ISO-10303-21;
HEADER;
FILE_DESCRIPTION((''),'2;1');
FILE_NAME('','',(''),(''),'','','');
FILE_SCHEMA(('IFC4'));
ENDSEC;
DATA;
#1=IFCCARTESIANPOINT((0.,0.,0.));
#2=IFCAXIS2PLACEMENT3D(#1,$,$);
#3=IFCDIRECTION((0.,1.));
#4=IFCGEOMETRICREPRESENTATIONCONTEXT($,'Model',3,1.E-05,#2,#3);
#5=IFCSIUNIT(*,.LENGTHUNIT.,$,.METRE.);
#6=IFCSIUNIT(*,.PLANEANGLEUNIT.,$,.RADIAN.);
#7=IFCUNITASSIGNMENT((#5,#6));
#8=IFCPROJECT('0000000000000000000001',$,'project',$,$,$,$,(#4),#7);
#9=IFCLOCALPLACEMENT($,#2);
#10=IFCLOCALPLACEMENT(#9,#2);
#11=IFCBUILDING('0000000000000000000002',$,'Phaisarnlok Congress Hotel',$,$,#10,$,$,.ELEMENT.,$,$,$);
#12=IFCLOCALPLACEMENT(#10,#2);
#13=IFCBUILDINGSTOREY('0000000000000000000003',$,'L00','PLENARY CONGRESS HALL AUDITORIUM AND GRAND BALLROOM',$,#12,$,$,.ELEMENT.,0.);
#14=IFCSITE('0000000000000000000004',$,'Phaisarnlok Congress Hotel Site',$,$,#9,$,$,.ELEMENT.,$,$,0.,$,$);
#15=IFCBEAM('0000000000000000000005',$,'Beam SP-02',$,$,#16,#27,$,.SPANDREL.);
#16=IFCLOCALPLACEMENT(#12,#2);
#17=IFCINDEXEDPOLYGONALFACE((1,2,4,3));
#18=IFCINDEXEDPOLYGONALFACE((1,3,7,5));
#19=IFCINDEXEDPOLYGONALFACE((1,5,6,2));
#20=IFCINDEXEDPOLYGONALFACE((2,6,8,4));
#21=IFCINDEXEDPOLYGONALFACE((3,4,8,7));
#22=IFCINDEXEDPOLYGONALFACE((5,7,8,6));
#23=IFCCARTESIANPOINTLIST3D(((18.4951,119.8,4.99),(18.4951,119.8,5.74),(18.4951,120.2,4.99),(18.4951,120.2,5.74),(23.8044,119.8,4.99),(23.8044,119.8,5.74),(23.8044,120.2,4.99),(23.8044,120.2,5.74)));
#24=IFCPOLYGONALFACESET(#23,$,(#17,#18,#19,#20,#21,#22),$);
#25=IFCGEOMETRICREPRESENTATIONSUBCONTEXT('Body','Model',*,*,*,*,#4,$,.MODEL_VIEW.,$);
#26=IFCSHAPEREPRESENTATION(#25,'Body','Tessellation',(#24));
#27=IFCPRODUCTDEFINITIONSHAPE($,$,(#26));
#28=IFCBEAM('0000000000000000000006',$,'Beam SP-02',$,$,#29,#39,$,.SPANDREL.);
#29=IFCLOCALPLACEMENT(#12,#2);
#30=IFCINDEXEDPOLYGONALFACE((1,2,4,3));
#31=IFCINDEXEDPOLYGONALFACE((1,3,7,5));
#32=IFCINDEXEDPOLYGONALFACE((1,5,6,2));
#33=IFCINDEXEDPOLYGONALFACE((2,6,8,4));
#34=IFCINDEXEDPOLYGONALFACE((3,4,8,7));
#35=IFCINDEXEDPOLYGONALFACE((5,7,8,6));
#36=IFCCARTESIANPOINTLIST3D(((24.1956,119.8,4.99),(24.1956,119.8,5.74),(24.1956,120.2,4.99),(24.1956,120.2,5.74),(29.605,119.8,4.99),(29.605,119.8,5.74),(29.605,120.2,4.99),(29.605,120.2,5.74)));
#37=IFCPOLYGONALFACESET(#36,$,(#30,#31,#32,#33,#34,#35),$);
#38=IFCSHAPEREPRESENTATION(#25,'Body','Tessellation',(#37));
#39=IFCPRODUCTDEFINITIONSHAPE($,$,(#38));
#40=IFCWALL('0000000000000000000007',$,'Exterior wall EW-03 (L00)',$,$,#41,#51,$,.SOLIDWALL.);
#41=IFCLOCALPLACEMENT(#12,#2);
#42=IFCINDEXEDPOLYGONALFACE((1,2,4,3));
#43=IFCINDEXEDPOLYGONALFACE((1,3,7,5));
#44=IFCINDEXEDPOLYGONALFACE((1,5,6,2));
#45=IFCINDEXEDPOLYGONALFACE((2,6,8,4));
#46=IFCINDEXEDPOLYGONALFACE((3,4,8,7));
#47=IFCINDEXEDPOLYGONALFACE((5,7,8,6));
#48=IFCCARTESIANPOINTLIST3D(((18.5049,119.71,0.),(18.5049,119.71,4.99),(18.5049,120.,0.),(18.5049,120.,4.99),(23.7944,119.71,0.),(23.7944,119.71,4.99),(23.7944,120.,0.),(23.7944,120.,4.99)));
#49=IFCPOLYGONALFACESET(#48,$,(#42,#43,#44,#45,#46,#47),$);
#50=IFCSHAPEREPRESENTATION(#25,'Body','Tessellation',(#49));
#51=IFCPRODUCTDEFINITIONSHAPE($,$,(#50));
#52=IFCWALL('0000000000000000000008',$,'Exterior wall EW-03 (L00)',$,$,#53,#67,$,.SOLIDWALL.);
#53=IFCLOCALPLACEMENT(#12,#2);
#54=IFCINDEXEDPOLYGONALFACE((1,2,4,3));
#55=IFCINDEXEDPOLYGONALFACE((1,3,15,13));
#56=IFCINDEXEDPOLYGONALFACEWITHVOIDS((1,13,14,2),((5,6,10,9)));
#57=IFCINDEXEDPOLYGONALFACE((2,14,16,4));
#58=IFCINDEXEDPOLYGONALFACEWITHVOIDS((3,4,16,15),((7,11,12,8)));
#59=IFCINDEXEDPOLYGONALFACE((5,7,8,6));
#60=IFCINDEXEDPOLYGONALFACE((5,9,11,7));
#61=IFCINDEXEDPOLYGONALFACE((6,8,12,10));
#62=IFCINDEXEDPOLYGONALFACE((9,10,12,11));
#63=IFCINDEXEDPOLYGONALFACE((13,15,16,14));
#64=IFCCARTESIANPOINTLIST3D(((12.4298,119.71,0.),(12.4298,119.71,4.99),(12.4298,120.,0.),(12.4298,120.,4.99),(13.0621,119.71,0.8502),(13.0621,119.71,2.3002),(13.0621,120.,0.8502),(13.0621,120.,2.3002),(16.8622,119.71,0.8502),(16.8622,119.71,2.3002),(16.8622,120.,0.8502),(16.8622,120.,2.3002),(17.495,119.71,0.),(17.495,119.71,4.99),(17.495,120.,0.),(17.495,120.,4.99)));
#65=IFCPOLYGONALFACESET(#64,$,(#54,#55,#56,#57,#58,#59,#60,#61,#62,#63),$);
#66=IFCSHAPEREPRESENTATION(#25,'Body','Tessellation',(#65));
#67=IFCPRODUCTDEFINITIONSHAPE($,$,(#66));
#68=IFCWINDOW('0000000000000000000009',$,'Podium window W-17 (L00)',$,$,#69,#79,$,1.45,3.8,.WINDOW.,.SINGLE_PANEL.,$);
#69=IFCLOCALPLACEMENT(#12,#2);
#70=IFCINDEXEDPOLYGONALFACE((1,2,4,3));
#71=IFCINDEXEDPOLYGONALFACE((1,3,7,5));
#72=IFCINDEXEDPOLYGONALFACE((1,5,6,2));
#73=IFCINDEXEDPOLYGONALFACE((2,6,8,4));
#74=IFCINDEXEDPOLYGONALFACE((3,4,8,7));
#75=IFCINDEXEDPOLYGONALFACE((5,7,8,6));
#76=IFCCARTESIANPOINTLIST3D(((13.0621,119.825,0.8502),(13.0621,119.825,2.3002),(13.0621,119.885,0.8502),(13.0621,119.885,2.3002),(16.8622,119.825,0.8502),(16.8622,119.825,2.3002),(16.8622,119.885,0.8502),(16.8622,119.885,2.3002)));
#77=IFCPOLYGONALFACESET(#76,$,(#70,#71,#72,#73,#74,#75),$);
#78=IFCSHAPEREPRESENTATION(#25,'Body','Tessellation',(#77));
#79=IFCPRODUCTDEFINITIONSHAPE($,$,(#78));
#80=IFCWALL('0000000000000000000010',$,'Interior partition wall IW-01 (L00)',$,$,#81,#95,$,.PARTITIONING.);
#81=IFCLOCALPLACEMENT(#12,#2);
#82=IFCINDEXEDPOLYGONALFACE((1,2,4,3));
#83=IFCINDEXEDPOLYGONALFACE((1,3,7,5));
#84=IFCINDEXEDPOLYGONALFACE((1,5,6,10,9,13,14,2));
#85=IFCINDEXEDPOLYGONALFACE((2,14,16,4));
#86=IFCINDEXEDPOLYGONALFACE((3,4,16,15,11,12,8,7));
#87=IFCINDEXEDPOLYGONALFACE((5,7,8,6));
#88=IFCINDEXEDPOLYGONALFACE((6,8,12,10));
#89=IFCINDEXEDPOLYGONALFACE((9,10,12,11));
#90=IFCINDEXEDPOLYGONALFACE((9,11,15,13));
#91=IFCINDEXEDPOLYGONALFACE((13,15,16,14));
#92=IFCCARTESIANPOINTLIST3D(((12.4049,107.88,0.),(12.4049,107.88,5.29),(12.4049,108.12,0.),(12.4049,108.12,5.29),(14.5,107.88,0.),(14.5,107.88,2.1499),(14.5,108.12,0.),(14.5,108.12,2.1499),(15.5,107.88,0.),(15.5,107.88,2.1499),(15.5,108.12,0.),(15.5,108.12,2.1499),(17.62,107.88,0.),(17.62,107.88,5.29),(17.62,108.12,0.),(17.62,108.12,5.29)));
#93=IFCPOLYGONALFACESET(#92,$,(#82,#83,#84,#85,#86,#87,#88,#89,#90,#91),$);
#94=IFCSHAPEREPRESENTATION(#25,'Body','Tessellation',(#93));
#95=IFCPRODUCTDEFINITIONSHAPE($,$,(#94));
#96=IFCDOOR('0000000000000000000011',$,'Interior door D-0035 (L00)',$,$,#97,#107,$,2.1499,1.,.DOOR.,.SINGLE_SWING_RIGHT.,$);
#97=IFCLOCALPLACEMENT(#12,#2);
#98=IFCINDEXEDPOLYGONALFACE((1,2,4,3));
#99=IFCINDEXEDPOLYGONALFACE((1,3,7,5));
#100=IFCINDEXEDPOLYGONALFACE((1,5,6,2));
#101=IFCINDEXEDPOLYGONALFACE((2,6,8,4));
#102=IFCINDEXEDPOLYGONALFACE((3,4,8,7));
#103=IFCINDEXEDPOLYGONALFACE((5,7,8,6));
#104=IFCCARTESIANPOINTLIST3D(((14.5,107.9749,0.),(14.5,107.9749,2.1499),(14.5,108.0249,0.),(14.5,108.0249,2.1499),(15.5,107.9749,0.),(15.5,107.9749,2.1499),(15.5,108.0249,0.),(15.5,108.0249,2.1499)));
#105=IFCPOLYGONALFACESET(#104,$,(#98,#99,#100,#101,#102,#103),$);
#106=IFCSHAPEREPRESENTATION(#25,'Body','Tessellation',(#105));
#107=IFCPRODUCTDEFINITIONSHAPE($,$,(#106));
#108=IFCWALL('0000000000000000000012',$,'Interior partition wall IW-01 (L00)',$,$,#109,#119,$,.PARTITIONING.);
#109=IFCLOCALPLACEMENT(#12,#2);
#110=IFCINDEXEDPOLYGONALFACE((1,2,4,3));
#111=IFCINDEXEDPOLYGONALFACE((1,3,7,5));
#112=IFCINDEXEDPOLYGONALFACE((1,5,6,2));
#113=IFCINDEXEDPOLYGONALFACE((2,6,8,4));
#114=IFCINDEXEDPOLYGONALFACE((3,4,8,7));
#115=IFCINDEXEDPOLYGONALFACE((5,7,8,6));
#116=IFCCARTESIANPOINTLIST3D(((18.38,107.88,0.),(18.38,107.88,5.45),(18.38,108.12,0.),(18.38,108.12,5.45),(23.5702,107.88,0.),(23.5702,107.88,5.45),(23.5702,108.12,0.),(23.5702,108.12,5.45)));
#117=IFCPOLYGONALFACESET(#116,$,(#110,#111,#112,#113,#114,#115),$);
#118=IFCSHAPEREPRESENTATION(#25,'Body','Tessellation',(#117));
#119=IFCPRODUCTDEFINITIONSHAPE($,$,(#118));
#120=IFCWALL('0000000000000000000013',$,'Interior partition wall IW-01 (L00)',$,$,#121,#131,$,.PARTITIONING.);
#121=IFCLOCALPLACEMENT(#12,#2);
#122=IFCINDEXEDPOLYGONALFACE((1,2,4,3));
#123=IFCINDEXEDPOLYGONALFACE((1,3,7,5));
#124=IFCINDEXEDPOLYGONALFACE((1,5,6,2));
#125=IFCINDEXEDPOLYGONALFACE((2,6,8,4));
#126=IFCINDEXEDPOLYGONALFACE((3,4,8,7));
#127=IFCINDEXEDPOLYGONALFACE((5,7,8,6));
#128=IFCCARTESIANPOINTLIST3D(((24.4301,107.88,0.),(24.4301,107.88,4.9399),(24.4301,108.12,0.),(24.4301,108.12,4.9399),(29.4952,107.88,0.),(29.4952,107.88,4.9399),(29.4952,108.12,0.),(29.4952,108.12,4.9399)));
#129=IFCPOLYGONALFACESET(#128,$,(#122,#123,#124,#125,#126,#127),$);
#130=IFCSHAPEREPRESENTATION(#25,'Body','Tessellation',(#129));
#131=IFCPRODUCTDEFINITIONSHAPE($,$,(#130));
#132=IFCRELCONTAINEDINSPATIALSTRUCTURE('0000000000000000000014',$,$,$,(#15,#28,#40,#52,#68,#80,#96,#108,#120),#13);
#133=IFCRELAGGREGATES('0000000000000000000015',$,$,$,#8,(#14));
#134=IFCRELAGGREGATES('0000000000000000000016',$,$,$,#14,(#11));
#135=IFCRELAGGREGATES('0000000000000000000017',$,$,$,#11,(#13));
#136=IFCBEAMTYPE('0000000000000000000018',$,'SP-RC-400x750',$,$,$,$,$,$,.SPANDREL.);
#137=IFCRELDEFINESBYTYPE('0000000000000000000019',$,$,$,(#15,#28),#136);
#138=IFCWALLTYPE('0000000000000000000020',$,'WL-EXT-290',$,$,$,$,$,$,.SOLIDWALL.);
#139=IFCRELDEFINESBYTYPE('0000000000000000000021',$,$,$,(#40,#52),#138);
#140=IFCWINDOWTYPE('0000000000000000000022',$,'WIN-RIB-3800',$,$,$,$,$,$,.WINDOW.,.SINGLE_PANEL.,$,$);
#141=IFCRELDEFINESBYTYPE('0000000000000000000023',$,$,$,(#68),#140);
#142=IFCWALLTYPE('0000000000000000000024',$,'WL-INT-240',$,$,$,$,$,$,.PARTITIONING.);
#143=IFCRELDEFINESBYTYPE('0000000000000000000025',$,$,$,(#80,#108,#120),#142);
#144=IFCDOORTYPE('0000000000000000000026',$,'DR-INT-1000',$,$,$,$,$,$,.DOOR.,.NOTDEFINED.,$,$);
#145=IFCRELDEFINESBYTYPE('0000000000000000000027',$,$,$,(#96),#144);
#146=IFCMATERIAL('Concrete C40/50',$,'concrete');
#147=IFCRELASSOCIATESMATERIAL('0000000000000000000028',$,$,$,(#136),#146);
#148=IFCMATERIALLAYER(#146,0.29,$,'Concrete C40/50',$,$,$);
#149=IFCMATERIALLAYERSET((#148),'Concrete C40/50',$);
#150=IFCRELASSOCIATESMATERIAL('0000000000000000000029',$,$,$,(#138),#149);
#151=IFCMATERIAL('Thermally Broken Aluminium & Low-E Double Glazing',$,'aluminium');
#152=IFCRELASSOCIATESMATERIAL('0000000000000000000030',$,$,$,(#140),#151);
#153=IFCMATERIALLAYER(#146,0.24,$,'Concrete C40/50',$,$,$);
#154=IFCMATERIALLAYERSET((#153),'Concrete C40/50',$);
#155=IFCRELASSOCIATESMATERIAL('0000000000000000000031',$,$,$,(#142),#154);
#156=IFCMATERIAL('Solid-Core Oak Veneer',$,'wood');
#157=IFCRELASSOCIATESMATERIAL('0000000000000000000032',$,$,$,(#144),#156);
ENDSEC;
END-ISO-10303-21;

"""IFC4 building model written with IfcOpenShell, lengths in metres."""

from ifc_helpers import new_model, si_unit, direction, frame, frame_2d, origin, origin_2d, place, context, subcontext, project, spatial, rectangle, extrude, material, layer, layer_set, material_profile, profile_set, type_object, element, fill, save


model = new_model("IFC4")

# Units and contexts
model_context = context("Model", 3, precision=1e-05, world=origin(), true_north=direction((0.0, 1.0)))
body_context = subcontext(model_context, "Body", "Model", "MODEL_VIEW")
ifc_project = project(units=[si_unit("LENGTHUNIT", "METRE"), si_unit("PLANEANGLEUNIT", "RADIAN")], contexts=[model_context])

# Site, building, storey
site_placement = place(None, origin())
site = spatial("IfcSite", under=ifc_project, at=site_placement, Name="Phaisarnlok Congress Hotel Site", CompositionType="ELEMENT", RefElevation=0.0)
building_placement = place(site_placement, origin())
building = spatial("IfcBuilding", under=site, at=building_placement, Name="Phaisarnlok Congress Hotel", CompositionType="ELEMENT")
storey_placement = place(building_placement, origin())
storey = spatial("IfcBuildingStorey", under=building, at=storey_placement, Name="L00", Description="PLENARY CONGRESS HALL AUDITORIUM AND GRAND BALLROOM", CompositionType="ELEMENT", Elevation=0.0)

# Beams
ifc_material_1 = material(Name="Concrete C40/50", Category="concrete")
ifc_material_profile_1 = material_profile(ifc_material_1, rectangle(XDim=0.3999, YDim=0.75, at=origin_2d()), Name="RC 400x750")
ifc_profile_set_1 = profile_set([ifc_material_profile_1], Name="Concrete C40/50")
beam_type_1 = type_object("IfcBeamType", Name="SP-RC-400x750", PredefinedType="SPANDREL", material=ifc_profile_set_1)
beam_1_placement = place(storey_placement, frame((18.4951, 120.0, 5.365), z_axis=(1.0, 0.0, 0.0), x_axis=(0.0, 1.0, 0.0)))
element("IfcBeam", 1, at=beam_1_placement, inside=storey, type_object=beam_type_1, Name="Beam SP-02", PredefinedType="SPANDREL", context=body_context, shape_type="SweptSolid", body=[
    extrude(rectangle(XDim=0.3999, YDim=0.75, at=origin_2d()), origin(), (0.0, 0.0, 1.0), 5.3093),
])
beam_2_placement = place(storey_placement, frame((24.1956, 120.0, 5.365), z_axis=(1.0, 0.0, 0.0), x_axis=(0.0, 1.0, 0.0)))
element("IfcBeam", 2, at=beam_2_placement, inside=storey, type_object=beam_type_1, Name="Beam SP-02", PredefinedType="SPANDREL", context=body_context, shape_type="SweptSolid", body=[
    extrude(rectangle(XDim=0.3999, YDim=0.75, at=origin_2d()), origin(), (0.0, 0.0, 1.0), 5.4094),
])

# Wall
ifc_layer_1 = layer(ifc_material_1, 0.29, Name="Concrete C40/50")
ifc_layer_set_1 = layer_set([ifc_layer_1], Name="Concrete C40/50")
wall_type_1 = type_object("IfcWallType", Name="WL-EXT-290", PredefinedType="SOLIDWALL", material=ifc_layer_set_1)
wall_1_placement = place(storey_placement, frame((23.7944, 119.855, 0.0), z_axis=(0.0, 0.0, 1.0), x_axis=(-1.0, 0.0, 0.0)))
element("IfcWall", 3, at=wall_1_placement, inside=storey, type_object=wall_type_1, Name="Exterior wall EW-03 (L00)", PredefinedType="SOLIDWALL", context=body_context, shape_type="SweptSolid", body=[
    extrude(rectangle(XDim=5.2896, YDim=0.29, at=frame_2d((2.6448, 0.0))), origin(), (0.0, 0.0, 1.0), 4.99),
])

# Wall, opening, window
wall_2_placement = place(storey_placement, frame((17.4951, 119.855, 0.0), z_axis=(0.0, 0.0, 1.0), x_axis=(-1.0, 0.0, 0.0)))
wall_2 = element("IfcWall", 4, at=wall_2_placement, inside=storey, type_object=wall_type_1, Name="Exterior wall EW-03 (L00)", PredefinedType="SOLIDWALL", context=body_context, shape_type="SweptSolid", body=[
    extrude(rectangle(XDim=5.0652, YDim=0.29, at=frame_2d((2.5327, 0.0))), origin(), (0.0, 0.0, 1.0), 4.99),
])
opening_1_placement = place(wall_2_placement, frame((0.6331, 0.0, 0.8501)))
opening_1 = element("IfcOpeningElement", 5, at=opening_1_placement, cuts=wall_2, PredefinedType="OPENING", context=body_context, shape_type="SweptSolid", body=[
    extrude(rectangle(XDim=3.8, YDim=1.45, at=frame_2d((1.8999, 0.7251))), frame((0.0, 0.155, 0.0), z_axis=(0.0, -1.0, 0.0), x_axis=(1.0, 0.0, 0.0)), (0.0, 0.0, 1.0), 0.3101),
])
ifc_material_2 = material(Name="Thermally Broken Aluminium & Low-E Double Glazing", Category="aluminium")
window_type = type_object("IfcWindowType", Name="WIN-RIB-3800", PartitioningType="SINGLE_PANEL", PredefinedType="WINDOW", material=ifc_material_2)
window_placement = place(opening_1_placement, origin())
window = element("IfcWindow", 6, at=window_placement, inside=storey, type_object=window_type, Name="Podium window W-17 (L00)", OverallHeight=1.45, OverallWidth=3.8, PartitioningType="SINGLE_PANEL", PredefinedType="WINDOW", context=body_context, shape_type="SweptSolid", body=[
    extrude(rectangle(XDim=3.8, YDim=1.45, at=frame_2d((1.8999, 0.7251))), frame((0.0, 0.03, 0.0), z_axis=(0.0, -1.0, 0.0), x_axis=(1.0, 0.0, 0.0)), (0.0, 0.0, 1.0), 0.0601),
])
fill(opening_1, window)

# Wall, opening, door
ifc_layer_2 = layer(ifc_material_1, 0.24, Name="Concrete C40/50")
ifc_layer_set_2 = layer_set([ifc_layer_2], Name="Concrete C40/50")
wall_type_2 = type_object("IfcWallType", Name="WL-INT-240", PredefinedType="PARTITIONING", material=ifc_layer_set_2)
wall_3_placement = place(storey_placement, frame((12.405, 108.0, 0.0), z_axis=(0.0, 0.0, 1.0), x_axis=(1.0, 0.0, 0.0)))
wall_3 = element("IfcWall", 7, at=wall_3_placement, inside=storey, type_object=wall_type_2, Name="Interior partition wall IW-01 (L00)", PredefinedType="PARTITIONING", context=body_context, shape_type="SweptSolid", body=[
    extrude(rectangle(XDim=5.2151, YDim=0.24, at=frame_2d((2.6074, 0.0))), origin(), (0.0, 0.0, 1.0), 5.29),
])
opening_2_placement = place(wall_3_placement, frame((2.095, 0.0, 0.0)))
opening_2 = element("IfcOpeningElement", 8, at=opening_2_placement, cuts=wall_3, PredefinedType="OPENING", context=body_context, shape_type="SweptSolid", body=[
    extrude(rectangle(XDim=1.0, YDim=2.1499, at=frame_2d((0.5, 1.075))), frame((0.0, 0.1299, 0.0), z_axis=(0.0, -1.0, 0.0), x_axis=(1.0, 0.0, 0.0)), (0.0, 0.0, 1.0), 0.26),
])
ifc_material_3 = material(Name="Solid-Core Oak Veneer", Category="wood")
door_type = type_object("IfcDoorType", Name="DR-INT-1000", OperationType="NOTDEFINED", PredefinedType="DOOR", material=ifc_material_3)
door_placement = place(opening_2_placement, origin())
door = element("IfcDoor", 9, at=door_placement, inside=storey, type_object=door_type, Name="Interior door D-0035 (L00)", OperationType="SINGLE_SWING_RIGHT", OverallHeight=2.1499, OverallWidth=1.0, PredefinedType="DOOR", context=body_context, shape_type="SweptSolid", body=[
    extrude(rectangle(XDim=1.0, YDim=2.1499, at=frame_2d((0.5, 1.075))), frame((0.0, 0.0249, 0.0), z_axis=(0.0, -1.0, 0.0), x_axis=(1.0, 0.0, 0.0)), (0.0, 0.0, 1.0), 0.05),
])
fill(opening_2, door)

# Walls
wall_4_placement = place(storey_placement, frame((18.3799, 108.0, 0.0), z_axis=(0.0, 0.0, 1.0), x_axis=(1.0, 0.0, 0.0)))
element("IfcWall", 10, at=wall_4_placement, inside=storey, type_object=wall_type_2, Name="Interior partition wall IW-01 (L00)", PredefinedType="PARTITIONING", context=body_context, shape_type="SweptSolid", body=[
    extrude(rectangle(XDim=5.1902, YDim=0.24, at=frame_2d((2.5952, 0.0))), origin(), (0.0, 0.0, 1.0), 5.45),
])
wall_5_placement = place(storey_placement, frame((24.4299, 108.0, 0.0), z_axis=(0.0, 0.0, 1.0), x_axis=(1.0, 0.0, 0.0)))
element("IfcWall", 11, at=wall_5_placement, inside=storey, type_object=wall_type_2, Name="Interior partition wall IW-01 (L00)", PredefinedType="PARTITIONING", context=body_context, shape_type="SweptSolid", body=[
    extrude(rectangle(XDim=5.0652, YDim=0.24, at=frame_2d((2.5327, 0.0))), origin(), (0.0, 0.0, 1.0), 4.9399),
])

save(model, "model.ifc")
